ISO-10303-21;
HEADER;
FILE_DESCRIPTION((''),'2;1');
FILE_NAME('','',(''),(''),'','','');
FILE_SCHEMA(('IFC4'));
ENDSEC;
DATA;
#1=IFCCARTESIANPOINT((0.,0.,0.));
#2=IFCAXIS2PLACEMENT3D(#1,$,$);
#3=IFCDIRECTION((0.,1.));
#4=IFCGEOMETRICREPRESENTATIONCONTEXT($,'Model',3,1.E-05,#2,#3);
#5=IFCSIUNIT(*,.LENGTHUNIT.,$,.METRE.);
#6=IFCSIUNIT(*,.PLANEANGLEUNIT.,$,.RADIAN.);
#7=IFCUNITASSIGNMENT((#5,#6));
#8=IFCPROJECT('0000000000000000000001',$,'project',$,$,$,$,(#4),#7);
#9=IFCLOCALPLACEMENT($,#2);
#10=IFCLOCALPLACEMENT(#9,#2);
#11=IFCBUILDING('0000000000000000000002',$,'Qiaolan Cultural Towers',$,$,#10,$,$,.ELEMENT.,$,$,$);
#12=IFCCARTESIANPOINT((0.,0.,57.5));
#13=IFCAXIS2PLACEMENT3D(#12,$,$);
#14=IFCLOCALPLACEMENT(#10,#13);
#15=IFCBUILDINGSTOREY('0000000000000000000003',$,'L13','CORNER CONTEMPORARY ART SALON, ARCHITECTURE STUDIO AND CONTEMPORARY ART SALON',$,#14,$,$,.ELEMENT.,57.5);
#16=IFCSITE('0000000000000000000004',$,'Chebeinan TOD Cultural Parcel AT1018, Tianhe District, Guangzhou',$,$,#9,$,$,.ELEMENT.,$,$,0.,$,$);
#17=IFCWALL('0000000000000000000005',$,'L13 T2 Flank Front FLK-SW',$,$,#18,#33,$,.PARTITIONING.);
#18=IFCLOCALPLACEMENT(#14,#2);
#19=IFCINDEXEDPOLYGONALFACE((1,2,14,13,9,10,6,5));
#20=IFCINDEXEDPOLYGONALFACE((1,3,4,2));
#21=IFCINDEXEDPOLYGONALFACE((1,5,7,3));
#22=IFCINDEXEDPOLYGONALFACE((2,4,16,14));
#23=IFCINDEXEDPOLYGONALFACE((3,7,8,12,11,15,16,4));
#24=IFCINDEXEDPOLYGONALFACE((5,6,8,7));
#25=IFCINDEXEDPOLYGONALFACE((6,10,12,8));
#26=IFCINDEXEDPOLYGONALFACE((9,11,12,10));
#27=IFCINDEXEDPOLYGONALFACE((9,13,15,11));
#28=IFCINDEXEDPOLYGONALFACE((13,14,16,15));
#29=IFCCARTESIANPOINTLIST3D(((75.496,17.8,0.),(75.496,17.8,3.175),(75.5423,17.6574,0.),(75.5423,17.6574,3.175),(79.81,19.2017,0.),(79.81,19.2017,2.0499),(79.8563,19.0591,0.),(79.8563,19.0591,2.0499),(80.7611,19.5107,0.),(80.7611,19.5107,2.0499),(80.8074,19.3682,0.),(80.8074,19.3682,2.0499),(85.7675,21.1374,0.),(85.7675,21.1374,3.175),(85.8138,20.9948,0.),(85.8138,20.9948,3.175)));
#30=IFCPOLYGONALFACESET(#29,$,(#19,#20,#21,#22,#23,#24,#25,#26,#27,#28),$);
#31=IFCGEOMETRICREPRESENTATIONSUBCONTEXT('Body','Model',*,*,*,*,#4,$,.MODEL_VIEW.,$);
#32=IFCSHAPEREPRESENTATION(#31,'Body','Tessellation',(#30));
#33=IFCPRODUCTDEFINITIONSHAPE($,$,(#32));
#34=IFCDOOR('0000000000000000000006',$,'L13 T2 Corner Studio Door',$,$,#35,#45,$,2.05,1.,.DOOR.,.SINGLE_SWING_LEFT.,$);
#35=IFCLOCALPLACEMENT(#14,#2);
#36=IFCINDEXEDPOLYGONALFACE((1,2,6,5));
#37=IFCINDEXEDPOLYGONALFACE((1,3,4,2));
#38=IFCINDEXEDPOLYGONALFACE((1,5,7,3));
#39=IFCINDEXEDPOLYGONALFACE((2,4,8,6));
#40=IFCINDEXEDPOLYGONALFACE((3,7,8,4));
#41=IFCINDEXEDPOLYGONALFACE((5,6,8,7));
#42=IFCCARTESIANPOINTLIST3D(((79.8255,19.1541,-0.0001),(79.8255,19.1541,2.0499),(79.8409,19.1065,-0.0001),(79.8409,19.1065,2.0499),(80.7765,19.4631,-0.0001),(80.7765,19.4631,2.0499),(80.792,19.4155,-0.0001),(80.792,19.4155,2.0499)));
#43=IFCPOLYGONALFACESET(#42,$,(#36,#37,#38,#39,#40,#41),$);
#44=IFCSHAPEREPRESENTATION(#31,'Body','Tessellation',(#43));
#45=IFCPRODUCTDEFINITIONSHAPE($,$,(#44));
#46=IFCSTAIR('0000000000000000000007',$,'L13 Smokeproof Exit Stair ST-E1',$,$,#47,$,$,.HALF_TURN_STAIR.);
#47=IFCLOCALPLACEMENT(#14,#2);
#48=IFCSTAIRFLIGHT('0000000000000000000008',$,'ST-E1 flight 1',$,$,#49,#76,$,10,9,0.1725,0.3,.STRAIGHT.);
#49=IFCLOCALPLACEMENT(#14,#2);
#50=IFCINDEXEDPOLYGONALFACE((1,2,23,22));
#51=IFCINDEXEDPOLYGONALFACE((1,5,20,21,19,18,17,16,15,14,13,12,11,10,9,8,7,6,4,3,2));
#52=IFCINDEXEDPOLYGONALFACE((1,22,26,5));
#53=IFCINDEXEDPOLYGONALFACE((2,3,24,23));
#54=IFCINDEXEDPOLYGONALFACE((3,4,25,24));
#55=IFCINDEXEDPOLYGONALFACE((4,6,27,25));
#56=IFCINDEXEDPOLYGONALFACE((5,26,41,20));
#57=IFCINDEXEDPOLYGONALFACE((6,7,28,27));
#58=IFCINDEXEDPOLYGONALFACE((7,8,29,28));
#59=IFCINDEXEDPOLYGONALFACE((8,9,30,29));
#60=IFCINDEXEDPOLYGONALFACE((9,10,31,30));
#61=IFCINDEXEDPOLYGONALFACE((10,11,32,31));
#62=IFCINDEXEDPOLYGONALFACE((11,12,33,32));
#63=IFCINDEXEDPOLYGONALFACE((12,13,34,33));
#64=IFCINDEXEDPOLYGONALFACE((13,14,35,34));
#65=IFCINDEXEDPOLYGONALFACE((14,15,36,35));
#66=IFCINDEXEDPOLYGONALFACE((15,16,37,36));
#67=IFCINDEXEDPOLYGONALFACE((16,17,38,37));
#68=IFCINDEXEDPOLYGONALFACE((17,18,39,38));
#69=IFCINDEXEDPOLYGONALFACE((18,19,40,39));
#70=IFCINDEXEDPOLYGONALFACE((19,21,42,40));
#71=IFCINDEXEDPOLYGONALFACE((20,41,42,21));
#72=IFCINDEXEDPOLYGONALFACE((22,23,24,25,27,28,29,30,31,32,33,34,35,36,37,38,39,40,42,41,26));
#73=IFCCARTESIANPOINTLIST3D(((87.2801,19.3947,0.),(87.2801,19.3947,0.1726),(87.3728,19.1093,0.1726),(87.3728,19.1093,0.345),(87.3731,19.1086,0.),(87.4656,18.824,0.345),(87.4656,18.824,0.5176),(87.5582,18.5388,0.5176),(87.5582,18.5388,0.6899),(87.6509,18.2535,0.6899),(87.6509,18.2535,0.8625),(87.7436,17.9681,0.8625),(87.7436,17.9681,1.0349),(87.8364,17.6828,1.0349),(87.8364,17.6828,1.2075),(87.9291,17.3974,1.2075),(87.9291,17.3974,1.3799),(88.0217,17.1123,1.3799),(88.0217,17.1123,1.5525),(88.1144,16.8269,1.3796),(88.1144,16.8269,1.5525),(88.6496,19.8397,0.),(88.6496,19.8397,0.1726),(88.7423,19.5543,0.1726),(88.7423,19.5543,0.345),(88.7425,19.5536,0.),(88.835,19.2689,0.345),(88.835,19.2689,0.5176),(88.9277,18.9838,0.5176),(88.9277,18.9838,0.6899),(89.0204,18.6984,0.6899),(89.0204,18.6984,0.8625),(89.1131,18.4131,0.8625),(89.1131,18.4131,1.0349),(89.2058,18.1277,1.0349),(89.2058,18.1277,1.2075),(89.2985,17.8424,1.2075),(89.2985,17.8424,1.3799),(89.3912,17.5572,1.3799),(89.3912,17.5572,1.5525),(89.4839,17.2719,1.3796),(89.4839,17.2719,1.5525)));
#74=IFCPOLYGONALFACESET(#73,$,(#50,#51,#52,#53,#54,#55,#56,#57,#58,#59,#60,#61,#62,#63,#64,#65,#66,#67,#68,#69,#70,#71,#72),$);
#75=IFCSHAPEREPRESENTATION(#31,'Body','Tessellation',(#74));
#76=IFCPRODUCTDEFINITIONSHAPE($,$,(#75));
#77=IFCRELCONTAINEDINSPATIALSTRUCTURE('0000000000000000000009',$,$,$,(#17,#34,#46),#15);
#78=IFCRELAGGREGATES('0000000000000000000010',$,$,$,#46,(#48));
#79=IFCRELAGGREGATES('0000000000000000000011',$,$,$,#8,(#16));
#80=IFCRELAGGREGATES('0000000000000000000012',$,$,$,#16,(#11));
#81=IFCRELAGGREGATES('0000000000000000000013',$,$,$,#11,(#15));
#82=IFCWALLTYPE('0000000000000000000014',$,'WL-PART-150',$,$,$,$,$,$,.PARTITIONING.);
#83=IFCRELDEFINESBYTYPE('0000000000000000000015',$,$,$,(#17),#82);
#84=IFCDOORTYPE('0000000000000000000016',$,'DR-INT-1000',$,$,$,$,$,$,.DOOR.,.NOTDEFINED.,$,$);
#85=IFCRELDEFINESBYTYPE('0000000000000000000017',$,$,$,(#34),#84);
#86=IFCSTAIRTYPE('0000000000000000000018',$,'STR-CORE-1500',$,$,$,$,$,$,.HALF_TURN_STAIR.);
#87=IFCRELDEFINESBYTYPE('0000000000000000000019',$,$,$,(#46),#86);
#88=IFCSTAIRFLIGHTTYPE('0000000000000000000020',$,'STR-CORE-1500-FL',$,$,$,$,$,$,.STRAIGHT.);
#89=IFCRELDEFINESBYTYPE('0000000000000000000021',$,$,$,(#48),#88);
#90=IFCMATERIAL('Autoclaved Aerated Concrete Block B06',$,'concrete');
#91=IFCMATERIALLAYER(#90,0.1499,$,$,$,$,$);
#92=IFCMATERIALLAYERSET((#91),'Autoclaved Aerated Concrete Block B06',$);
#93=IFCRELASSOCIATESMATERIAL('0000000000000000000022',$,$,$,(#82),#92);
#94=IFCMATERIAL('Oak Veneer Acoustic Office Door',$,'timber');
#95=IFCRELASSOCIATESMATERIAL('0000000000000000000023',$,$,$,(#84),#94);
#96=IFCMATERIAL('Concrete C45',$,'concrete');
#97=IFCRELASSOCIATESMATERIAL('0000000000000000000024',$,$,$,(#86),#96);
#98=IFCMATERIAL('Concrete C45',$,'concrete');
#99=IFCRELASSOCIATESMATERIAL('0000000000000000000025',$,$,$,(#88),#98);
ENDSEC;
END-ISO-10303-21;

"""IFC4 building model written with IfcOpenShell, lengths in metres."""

from ifc_helpers import new_model, si_unit, direction, frame, frame_2d, origin, place, context, subcontext, project, spatial, polyline, rectangle, outline, extrude, material, layer, layer_set, type_object, element, fill, aggregate, save


model = new_model("IFC4")

# Units and contexts
model_context = context("Model", 3, precision=1e-05, world=origin(), true_north=direction((0.0, 1.0)))
body_context = subcontext(model_context, "Body", "Model", "MODEL_VIEW")
ifc_project = project(units=[si_unit("LENGTHUNIT", "METRE"), si_unit("PLANEANGLEUNIT", "RADIAN")], contexts=[model_context])

# Site, building, storey
site_placement = place(None, origin())
site = spatial("IfcSite", under=ifc_project, at=site_placement, Name="Chebeinan TOD Cultural Parcel AT1018, Tianhe District, Guangzhou", CompositionType="ELEMENT", RefElevation=0.0)
building_placement = place(site_placement, origin())
building = spatial("IfcBuilding", under=site, at=building_placement, Name="Qiaolan Cultural Towers", CompositionType="ELEMENT")
storey_placement = place(building_placement, frame((0.0, 0.0, 57.5)))
storey = spatial("IfcBuildingStorey", under=building, at=storey_placement, Name="L13", Description="CORNER CONTEMPORARY ART SALON, ARCHITECTURE STUDIO AND CONTEMPORARY ART SALON", CompositionType="ELEMENT", Elevation=57.5)

# Shared definitions
ifc_material_1 = material(Name="Autoclaved Aerated Concrete Block B06", Category="concrete")
ifc_layer_1 = layer(ifc_material_1, 0.1499)
ifc_layer_set_1 = layer_set([ifc_layer_1], Name="Autoclaved Aerated Concrete Block B06")
wall_type_1 = type_object("IfcWallType", Name="WL-PART-150", PredefinedType="PARTITIONING", material=ifc_layer_set_1)

# Wall, opening, door
wall_1_placement = place(storey_placement, frame((75.5193, 17.7288, 0.0), z_axis=(0.0, 0.0, 1.0), x_axis=(0.951057, 0.309017, 0.0)))
wall_1 = element("IfcWall", 1, at=wall_1_placement, inside=storey, type_object=wall_type_1, Name="L13 T2 Flank Front FLK-SW", PredefinedType="PARTITIONING", context=body_context, shape_type="SweptSolid", body=[
    extrude(rectangle(XDim=10.8, YDim=0.1499, at=frame_2d((5.3999, 0.0))), origin(), (0.0, 0.0, 1.0), 3.175),
])
opening_1_placement = place(wall_1_placement, frame((4.5359, 0.0, 0.0)))
opening_1 = element("IfcOpeningElement", 2, at=opening_1_placement, cuts=wall_1, PredefinedType="OPENING", context=body_context, shape_type="SweptSolid", body=[
    extrude(rectangle(XDim=1.0, YDim=2.05, at=frame_2d((0.5, 1.0249))), frame((0.0, 0.085, 0.0), z_axis=(0.0, -1.0, 0.0), x_axis=(1.0, 0.0, 0.0)), (0.0, 0.0, 1.0), 0.1699),
])
ifc_material_2 = material(Name="Oak Veneer Acoustic Office Door", Category="timber")
door_type_1 = type_object("IfcDoorType", Name="DR-INT-1000", OperationType="NOTDEFINED", PredefinedType="DOOR", material=ifc_material_2)
door_1_placement = place(opening_1_placement, origin())
door_1 = element("IfcDoor", 3, at=door_1_placement, inside=storey, type_object=door_type_1, Name="L13 T2 Corner Studio Door", OperationType="SINGLE_SWING_LEFT", OverallHeight=2.05, OverallWidth=1.0, PredefinedType="DOOR", context=body_context, shape_type="SweptSolid", body=[
    extrude(rectangle(XDim=1.0, YDim=2.05, at=frame_2d((0.5, 1.0249))), frame((0.0, 0.0249, 0.0), z_axis=(0.0, -1.0, 0.0), x_axis=(1.0, 0.0, 0.0)), (0.0, 0.0, 1.0), 0.05),
])
fill(opening_1, door_1)

# Stair, stair flight
ifc_material_3 = material(Name="Concrete C45", Category="concrete")
stair_type = type_object("IfcStairType", Name="STR-CORE-1500", PredefinedType="HALF_TURN_STAIR", material=ifc_material_3)
stair_placement = place(storey_placement, origin())
stair = element("IfcStair", 4, at=stair_placement, inside=storey, type_object=stair_type, Name="L13 Smokeproof Exit Stair ST-E1", PredefinedType="HALF_TURN_STAIR")
ifc_material_4 = material(Name="Concrete C45", Category="concrete")
stair_flight_type = type_object("IfcStairFlightType", Name="STR-CORE-1500-FL", PredefinedType="STRAIGHT", material=ifc_material_4)
stair_flight_placement = place(storey_placement, frame((87.9648, 19.6172, 0.0), z_axis=(0.0, 0.0, 1.0), x_axis=(0.309017, -0.951057, 0.0)))
stair_flight = element("IfcStairFlight", 5, at=stair_flight_placement, type_object=stair_flight_type, Name="ST-E1 flight 1", NumberOfRisers=10, NumberOfTreads=9, PredefinedType="STRAIGHT", RiserHeight=0.1725, TreadLength=0.3, context=body_context, shape_type="SweptSolid", body=[
    extrude(outline(polyline([(0.0, 0.0), (0.0, 0.1726), (0.3, 0.1726), (0.3, 0.345), (0.6001, 0.345), (0.6001, 0.5176), (0.8999, 0.5176), (0.8999, 0.6899), (1.2, 0.6899), (1.2, 0.8625), (1.5, 0.8625), (1.5, 1.0349), (1.8, 1.0349), (1.8, 1.2075), (2.1001, 1.2075), (2.1001, 1.3799), (2.3999, 1.3799), (2.3999, 1.5525), (2.7, 1.5525), (2.7, 1.7251), (2.7, 1.3796), (0.3008, 0.0), (0.0, 0.0)])), frame((0.0, 0.72, 0.0), z_axis=(0.0, -1.0, 0.0), x_axis=(1.0, 0.0, 0.0)), (0.0, 0.0, 1.0), 1.4399),
])
aggregate(stair, [stair_flight])

save(model, "model.ifc")
